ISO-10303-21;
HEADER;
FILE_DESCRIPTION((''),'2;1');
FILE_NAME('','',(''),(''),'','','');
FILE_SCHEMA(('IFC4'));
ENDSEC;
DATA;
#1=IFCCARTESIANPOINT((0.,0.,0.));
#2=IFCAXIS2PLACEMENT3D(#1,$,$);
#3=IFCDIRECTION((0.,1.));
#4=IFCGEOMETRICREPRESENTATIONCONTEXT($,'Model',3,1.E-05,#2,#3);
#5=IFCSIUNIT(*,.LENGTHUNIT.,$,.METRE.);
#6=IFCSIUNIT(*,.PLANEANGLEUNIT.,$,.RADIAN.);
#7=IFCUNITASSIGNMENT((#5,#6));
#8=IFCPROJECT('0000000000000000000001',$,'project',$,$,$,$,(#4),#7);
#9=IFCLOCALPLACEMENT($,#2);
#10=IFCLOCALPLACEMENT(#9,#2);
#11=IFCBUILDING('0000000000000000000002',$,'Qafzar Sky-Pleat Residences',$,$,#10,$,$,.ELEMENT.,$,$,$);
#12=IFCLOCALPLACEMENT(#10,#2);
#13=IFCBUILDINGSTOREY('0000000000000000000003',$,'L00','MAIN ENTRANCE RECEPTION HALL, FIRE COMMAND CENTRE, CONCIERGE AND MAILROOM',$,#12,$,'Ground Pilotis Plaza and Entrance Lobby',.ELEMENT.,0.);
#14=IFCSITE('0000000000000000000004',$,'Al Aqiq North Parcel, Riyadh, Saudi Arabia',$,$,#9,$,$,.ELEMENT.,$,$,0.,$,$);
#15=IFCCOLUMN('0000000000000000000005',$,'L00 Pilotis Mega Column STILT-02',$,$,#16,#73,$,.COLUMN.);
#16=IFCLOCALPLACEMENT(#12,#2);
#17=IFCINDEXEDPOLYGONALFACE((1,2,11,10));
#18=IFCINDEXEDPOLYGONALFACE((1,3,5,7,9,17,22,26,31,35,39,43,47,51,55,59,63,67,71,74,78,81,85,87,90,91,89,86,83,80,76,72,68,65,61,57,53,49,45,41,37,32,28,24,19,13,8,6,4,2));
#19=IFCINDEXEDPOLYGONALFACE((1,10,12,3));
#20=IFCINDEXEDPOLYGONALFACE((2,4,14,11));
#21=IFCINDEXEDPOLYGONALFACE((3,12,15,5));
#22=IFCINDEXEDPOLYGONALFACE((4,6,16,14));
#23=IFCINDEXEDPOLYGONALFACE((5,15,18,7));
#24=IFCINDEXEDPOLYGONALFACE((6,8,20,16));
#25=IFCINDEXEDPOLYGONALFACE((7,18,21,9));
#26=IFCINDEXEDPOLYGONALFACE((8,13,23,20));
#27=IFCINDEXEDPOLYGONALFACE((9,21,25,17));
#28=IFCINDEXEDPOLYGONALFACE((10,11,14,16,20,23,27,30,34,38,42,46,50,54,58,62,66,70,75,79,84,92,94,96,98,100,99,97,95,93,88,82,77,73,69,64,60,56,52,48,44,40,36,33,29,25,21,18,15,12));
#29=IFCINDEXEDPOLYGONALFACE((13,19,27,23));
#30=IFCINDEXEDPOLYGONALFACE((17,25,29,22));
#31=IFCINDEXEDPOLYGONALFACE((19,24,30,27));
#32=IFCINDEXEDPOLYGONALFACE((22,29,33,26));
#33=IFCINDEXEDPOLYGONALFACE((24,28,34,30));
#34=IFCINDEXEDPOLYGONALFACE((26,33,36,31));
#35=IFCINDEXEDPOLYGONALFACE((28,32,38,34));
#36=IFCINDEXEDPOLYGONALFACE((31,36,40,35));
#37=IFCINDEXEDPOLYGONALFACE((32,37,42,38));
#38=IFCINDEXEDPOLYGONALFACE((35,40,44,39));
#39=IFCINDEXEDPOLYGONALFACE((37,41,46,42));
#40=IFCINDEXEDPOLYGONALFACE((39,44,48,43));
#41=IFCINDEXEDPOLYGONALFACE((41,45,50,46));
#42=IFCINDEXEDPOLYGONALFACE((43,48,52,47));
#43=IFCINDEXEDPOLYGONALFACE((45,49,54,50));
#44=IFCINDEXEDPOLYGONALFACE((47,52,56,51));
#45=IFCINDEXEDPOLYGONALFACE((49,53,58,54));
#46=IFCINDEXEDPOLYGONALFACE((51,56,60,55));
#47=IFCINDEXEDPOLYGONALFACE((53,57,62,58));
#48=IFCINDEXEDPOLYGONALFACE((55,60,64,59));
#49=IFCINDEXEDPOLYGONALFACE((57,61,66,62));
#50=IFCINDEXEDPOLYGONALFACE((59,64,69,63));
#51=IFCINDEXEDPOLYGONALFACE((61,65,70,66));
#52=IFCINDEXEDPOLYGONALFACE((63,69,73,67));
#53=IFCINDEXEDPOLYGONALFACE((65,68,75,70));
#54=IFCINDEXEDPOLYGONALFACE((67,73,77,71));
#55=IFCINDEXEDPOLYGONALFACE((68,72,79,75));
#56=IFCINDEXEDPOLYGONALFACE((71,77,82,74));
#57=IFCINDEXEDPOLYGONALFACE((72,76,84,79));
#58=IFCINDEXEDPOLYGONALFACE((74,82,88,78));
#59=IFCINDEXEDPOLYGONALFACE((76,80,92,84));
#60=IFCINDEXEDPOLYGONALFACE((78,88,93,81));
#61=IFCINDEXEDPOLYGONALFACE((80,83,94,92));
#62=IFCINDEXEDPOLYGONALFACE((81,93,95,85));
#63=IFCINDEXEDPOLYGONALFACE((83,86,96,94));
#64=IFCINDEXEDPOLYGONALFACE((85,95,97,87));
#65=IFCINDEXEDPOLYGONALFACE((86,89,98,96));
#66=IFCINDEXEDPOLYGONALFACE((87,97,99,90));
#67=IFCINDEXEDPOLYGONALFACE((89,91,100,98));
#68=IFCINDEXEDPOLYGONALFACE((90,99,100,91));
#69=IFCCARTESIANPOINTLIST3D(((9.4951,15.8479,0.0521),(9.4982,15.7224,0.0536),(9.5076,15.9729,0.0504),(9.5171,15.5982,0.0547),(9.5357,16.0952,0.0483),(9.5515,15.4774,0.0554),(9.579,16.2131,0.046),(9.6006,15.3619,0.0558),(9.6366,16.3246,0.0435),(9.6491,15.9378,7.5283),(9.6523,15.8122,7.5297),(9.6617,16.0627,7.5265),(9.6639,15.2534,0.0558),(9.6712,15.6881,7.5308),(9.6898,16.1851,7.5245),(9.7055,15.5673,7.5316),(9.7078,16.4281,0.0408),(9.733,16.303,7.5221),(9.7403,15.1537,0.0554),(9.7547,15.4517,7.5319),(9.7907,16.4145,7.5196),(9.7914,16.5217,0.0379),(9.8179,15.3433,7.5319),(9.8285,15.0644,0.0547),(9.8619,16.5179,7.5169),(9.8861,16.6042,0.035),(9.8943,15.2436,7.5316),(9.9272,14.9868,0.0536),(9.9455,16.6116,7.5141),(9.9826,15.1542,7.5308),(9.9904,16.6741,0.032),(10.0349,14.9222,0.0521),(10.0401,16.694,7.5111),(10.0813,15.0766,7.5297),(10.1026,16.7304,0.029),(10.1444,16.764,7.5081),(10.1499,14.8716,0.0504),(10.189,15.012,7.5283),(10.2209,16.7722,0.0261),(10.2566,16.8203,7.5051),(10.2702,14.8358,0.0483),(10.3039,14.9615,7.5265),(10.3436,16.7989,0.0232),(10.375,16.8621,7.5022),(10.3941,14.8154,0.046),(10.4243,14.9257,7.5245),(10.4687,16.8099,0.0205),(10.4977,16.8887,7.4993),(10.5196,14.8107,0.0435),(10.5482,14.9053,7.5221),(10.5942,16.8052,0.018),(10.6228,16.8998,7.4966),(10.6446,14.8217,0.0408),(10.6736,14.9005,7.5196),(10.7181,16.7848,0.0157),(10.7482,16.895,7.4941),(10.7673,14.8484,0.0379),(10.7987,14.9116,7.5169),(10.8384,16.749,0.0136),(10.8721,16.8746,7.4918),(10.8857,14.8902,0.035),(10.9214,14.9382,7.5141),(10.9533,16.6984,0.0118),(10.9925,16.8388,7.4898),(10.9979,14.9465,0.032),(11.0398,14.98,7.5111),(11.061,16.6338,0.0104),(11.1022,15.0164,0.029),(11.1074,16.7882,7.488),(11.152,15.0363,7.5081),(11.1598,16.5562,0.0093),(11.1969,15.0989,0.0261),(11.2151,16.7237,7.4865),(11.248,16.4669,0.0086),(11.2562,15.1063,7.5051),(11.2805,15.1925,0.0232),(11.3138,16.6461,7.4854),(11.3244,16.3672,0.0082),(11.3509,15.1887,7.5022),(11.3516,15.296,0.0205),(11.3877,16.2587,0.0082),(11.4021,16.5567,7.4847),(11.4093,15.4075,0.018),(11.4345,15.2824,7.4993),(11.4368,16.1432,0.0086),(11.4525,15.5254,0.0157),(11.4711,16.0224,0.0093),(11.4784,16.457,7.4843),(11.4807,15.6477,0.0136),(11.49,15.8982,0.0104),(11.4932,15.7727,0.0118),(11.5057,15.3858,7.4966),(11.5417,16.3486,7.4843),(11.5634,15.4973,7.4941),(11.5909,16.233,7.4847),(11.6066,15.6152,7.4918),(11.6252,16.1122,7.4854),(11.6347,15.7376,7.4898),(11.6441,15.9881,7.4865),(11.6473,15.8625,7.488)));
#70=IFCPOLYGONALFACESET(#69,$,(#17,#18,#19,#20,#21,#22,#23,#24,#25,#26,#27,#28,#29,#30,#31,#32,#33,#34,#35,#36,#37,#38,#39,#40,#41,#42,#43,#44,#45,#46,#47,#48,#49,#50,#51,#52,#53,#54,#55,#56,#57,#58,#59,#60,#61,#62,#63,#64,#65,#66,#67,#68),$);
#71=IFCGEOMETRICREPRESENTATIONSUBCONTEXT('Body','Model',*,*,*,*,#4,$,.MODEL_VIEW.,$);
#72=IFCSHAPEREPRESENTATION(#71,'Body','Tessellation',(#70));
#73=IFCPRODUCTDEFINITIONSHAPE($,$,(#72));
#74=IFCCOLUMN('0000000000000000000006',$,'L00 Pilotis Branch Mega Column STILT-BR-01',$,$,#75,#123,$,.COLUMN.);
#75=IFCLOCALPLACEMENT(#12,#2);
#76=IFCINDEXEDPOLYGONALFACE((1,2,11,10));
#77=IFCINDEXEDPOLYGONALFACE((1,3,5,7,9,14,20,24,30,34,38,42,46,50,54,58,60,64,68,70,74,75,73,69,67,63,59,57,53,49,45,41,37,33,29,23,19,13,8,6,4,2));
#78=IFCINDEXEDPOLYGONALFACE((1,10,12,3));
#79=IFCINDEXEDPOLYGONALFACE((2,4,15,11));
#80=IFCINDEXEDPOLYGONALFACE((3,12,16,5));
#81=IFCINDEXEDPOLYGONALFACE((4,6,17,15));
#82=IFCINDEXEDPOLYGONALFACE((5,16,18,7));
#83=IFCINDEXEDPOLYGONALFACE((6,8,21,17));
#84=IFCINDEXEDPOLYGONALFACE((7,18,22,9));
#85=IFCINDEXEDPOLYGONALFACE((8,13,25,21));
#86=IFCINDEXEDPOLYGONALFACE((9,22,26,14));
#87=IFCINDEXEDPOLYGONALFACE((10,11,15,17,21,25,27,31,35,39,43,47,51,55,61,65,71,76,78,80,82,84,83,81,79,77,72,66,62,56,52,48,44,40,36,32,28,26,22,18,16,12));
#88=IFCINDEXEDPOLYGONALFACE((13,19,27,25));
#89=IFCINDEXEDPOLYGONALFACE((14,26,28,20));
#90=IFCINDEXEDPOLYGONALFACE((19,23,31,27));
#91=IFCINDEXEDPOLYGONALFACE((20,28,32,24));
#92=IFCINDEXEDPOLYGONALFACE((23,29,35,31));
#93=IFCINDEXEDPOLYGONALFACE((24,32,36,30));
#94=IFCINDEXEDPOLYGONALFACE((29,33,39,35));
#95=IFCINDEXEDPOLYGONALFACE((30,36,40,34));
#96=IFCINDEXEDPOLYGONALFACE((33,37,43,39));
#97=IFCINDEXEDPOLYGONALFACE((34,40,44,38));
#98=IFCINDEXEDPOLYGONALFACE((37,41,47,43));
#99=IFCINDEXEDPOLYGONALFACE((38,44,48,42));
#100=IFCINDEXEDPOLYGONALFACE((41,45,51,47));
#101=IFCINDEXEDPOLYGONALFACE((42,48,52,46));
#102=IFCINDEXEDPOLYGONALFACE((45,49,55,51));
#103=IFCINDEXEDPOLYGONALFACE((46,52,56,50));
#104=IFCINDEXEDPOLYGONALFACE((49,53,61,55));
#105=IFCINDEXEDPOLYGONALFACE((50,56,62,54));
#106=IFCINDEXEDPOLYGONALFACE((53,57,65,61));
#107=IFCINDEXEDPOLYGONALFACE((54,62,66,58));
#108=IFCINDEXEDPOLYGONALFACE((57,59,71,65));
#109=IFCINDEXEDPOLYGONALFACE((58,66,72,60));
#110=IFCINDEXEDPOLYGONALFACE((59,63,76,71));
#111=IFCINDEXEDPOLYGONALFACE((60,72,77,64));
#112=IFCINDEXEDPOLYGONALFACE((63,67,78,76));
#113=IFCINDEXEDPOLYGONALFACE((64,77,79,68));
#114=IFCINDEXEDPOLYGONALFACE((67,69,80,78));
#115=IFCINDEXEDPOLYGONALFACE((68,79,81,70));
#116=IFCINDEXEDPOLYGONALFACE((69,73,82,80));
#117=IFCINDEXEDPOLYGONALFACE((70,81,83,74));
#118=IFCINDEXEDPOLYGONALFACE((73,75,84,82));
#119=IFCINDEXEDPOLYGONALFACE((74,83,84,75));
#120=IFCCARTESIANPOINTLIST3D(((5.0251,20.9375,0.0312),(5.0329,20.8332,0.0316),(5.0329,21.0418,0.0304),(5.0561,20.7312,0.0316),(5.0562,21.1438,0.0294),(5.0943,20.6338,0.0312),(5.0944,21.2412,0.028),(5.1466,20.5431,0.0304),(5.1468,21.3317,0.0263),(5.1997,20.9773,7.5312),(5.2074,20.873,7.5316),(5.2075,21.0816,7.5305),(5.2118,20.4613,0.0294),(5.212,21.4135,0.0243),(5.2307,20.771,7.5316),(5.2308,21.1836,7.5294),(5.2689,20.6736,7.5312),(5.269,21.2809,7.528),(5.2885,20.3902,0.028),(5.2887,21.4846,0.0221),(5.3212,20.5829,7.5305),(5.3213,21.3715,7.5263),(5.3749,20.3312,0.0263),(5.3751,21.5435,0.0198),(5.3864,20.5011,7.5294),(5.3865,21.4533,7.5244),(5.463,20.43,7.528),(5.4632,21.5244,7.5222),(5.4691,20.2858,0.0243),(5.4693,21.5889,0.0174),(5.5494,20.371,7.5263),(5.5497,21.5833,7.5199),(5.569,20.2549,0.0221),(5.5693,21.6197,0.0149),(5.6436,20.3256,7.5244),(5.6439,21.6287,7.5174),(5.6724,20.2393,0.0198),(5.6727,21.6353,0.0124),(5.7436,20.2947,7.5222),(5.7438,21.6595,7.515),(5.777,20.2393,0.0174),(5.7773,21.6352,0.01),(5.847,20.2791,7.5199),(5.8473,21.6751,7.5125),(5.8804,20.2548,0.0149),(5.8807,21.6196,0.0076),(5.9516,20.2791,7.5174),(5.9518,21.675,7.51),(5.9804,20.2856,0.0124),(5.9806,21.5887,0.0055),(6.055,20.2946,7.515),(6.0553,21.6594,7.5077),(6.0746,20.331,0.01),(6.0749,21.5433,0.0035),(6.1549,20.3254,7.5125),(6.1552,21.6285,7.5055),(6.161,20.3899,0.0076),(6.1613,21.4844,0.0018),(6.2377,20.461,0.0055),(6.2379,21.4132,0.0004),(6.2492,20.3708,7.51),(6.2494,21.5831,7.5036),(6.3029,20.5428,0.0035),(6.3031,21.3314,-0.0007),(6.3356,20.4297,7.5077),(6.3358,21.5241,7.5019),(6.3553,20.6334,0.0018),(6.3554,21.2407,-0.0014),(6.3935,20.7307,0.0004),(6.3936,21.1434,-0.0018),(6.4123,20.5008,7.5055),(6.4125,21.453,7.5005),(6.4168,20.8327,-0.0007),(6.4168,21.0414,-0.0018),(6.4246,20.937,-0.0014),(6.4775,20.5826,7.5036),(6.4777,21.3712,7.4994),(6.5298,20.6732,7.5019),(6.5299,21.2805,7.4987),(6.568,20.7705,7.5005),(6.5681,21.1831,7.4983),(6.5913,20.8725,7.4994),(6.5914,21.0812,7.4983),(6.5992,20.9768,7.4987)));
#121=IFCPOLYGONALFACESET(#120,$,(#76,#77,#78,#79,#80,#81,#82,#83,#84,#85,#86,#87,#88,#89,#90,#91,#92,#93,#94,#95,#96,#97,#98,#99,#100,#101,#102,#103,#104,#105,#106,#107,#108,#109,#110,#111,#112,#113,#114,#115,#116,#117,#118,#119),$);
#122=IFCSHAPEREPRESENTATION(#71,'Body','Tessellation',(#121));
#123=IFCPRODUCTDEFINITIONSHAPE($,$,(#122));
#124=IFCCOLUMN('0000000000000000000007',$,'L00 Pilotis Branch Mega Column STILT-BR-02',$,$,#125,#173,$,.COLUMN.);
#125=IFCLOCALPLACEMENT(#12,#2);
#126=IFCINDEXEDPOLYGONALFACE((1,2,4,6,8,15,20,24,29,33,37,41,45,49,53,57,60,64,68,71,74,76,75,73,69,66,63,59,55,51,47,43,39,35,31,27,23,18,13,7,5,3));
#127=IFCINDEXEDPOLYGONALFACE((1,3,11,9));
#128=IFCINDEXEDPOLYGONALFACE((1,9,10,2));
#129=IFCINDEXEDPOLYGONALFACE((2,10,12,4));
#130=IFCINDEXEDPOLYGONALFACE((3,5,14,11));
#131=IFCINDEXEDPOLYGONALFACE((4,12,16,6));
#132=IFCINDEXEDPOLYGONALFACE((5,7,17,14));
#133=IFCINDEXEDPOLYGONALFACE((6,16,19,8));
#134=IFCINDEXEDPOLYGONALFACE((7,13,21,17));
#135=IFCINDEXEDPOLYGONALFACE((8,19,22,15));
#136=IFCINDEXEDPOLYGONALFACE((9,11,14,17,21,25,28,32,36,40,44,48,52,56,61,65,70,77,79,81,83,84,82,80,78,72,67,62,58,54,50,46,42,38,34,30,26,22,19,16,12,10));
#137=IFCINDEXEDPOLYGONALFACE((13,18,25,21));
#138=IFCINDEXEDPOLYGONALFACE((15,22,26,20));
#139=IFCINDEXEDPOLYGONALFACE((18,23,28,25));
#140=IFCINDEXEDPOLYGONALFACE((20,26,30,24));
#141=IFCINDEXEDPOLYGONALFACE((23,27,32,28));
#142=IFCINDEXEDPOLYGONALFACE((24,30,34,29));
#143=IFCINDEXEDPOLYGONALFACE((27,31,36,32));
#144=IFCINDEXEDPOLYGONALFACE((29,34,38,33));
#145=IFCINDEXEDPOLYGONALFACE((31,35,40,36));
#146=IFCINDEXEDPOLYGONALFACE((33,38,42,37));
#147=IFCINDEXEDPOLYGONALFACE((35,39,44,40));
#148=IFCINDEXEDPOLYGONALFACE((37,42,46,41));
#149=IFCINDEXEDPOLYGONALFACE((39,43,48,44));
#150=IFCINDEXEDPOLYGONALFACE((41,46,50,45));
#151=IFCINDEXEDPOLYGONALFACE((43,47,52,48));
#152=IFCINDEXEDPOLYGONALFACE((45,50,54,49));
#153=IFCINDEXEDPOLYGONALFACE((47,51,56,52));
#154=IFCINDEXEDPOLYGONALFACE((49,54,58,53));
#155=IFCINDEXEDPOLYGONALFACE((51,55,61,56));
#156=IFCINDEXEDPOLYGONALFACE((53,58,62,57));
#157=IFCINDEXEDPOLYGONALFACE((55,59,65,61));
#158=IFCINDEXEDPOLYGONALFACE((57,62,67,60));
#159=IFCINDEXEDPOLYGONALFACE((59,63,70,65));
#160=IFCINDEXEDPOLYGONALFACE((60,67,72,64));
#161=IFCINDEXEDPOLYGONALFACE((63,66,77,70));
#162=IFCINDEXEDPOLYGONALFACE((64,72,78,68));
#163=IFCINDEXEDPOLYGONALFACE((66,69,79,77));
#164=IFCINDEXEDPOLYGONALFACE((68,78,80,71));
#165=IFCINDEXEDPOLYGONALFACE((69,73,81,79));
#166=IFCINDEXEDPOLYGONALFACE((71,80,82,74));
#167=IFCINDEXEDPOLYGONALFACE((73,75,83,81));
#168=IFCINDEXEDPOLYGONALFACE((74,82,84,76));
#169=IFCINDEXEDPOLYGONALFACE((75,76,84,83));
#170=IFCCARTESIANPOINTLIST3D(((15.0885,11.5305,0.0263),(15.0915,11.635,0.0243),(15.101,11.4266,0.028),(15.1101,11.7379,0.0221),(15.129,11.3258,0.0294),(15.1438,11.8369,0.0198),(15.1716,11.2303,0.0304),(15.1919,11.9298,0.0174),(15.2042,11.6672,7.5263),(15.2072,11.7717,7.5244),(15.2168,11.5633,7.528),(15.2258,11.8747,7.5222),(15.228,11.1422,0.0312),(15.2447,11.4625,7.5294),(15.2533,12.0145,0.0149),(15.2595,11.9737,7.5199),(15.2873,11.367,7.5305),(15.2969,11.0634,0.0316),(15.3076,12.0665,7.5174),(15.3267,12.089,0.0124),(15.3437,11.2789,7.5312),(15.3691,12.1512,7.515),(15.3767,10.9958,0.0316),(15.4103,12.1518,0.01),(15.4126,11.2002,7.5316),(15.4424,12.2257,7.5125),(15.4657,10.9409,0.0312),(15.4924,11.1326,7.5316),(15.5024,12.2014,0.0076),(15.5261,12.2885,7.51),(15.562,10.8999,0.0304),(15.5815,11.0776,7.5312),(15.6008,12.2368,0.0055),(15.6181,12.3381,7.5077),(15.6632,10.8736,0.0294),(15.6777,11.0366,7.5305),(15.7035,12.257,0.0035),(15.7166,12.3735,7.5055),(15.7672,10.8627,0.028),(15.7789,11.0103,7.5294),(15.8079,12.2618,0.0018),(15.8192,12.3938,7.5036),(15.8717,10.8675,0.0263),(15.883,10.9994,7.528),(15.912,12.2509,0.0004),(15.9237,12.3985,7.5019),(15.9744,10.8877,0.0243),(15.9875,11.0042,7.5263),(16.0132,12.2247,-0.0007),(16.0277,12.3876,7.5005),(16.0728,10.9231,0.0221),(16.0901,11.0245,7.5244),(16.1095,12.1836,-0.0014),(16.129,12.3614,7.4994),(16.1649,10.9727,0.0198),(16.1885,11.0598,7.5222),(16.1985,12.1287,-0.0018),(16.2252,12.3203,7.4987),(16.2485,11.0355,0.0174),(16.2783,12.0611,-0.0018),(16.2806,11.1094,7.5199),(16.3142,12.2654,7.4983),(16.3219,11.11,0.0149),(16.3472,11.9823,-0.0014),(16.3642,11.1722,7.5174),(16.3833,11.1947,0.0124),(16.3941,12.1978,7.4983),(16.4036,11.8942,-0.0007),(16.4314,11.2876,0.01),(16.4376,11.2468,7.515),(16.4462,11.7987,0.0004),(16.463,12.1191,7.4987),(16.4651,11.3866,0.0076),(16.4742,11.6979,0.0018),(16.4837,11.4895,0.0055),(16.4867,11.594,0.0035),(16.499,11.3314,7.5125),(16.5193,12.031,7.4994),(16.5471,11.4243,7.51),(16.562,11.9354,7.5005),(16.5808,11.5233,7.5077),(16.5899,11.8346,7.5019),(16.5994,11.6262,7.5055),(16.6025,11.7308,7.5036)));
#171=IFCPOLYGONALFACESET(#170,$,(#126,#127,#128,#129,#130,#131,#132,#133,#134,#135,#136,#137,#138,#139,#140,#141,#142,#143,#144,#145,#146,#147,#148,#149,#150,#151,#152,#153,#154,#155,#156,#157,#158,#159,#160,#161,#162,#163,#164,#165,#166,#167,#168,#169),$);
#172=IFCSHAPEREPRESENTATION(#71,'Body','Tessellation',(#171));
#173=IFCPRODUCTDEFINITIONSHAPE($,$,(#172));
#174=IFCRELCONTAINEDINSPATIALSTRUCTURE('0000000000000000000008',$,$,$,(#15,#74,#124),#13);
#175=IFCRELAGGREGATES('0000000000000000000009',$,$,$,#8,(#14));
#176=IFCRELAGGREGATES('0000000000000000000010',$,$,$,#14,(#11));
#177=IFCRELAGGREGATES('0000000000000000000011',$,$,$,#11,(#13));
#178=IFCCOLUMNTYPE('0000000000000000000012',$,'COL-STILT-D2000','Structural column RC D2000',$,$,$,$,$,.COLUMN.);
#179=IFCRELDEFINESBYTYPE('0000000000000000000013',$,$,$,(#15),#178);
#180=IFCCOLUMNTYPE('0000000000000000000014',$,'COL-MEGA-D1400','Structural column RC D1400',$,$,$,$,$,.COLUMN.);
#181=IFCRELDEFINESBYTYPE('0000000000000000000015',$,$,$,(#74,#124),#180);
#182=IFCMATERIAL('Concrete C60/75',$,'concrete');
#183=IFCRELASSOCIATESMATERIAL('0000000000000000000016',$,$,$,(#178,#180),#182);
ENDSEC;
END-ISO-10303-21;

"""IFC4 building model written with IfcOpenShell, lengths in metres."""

from ifc_helpers import new_model, si_unit, direction, frame, origin, origin_2d, place, context, subcontext, project, spatial, circle, extrude, source, transform, mapped, material, material_profile, profile_set, type_object, element, save


model = new_model("IFC4")

# Units and contexts
model_context = context("Model", 3, precision=1e-05, world=origin(), true_north=direction((0.0, 1.0)))
body_context = subcontext(model_context, "Body", "Model", "MODEL_VIEW")
ifc_project = project(units=[si_unit("LENGTHUNIT", "METRE"), si_unit("PLANEANGLEUNIT", "RADIAN")], contexts=[model_context])

# Site, building, storey
site_placement = place(None, origin())
site = spatial("IfcSite", under=ifc_project, at=site_placement, Name="Al Aqiq North Parcel, Riyadh, Saudi Arabia", CompositionType="ELEMENT", RefElevation=0.0)
building_placement = place(site_placement, origin())
building = spatial("IfcBuilding", under=site, at=building_placement, Name="Qafzar Sky-Pleat Residences", CompositionType="ELEMENT")
storey_placement = place(building_placement, origin())
storey = spatial("IfcBuildingStorey", under=building, at=storey_placement, Name="L00", Description="MAIN ENTRANCE RECEPTION HALL, FIRE COMMAND CENTRE, CONCIERGE AND MAILROOM", LongName="Ground Pilotis Plaza and Entrance Lobby", CompositionType="ELEMENT", Elevation=0.0)

# Columns
ifc_material_1 = material(Name="Concrete C60/75", Category="concrete")
ifc_material_profile_1 = material_profile(ifc_material_1, circle(Radius=1.0, at=origin_2d()), Name="RC D2000")
ifc_profile_set_1 = profile_set([ifc_material_profile_1], Name="Concrete C60/75")
column_type_1 = type_object("IfcColumnType", Name="COL-STILT-D2000", Description="Structural column RC D2000", PredefinedType="COLUMN", material=ifc_profile_set_1)
shared_shape_1 = source(origin(), body_context, "Body", "SweptSolid", [
    extrude(circle(Radius=1.0, at=origin_2d()), origin(), (0.0, 0.0, 1.0), 7.4783),
])
column_1_placement = place(storey_placement, frame((10.4941, 15.8103, 0.032), z_axis=(0.0206, 0.012014, 0.999716), x_axis=(-0.503786, 0.863829, 0.0)))
element("IfcColumn", 1, at=column_1_placement, inside=storey, type_object=column_type_1, Name="L00 Pilotis Mega Column STILT-02", PredefinedType="COLUMN", context=body_context, shape_type="MappedRepresentation", body=[
    mapped(shared_shape_1, transform((0.0, 0.0, 0.0), x_axis=(1.0, 0.0, 0.0), y_axis=(0.0, 1.0, 0.0), z_axis=(0.0, 0.0, 1.0), scale=1.0)),
])
ifc_material_profile_2 = material_profile(ifc_material_1, circle(Radius=0.7, at=origin_2d()), Name="RC D1400")
ifc_profile_set_2 = profile_set([ifc_material_profile_2], Name="Concrete C60/75")
column_type_2 = type_object("IfcColumnType", Name="COL-MEGA-D1400", Description="Structural column RC D1400", PredefinedType="COLUMN", material=ifc_profile_set_2)
shared_shape_2 = source(origin(), body_context, "Body", "SweptSolid", [
    extrude(circle(Radius=0.7, at=origin_2d()), origin(), (0.0, 0.0, 1.0), 7.5022),
])
for number, where, z_axis, x_axis, name in (
    (2, (5.7249, 20.9373, 0.0149), (0.023268, 0.005304, 0.999715), (-0.222269, 0.974985, 0.0), "L00 Pilotis Branch Mega Column STILT-BR-01"),
    (3, (15.7876, 11.5623, 0.0149), (0.015425, 0.018224, 0.999715), (-0.763283, 0.646064, 0.0), "L00 Pilotis Branch Mega Column STILT-BR-02"),
):
    element("IfcColumn", number, at=place(storey_placement, frame(where, z_axis=z_axis, x_axis=x_axis)), inside=storey, type_object=column_type_2, Name=name, PredefinedType="COLUMN", context=body_context, shape_type="MappedRepresentation", body=[
        mapped(shared_shape_2, transform((0.0, 0.0, 0.0), x_axis=(1.0, 0.0, 0.0), y_axis=(0.0, 1.0, 0.0), z_axis=(0.0, 0.0, 1.0), scale=1.0)),
    ])

save(model, "model.ifc")
